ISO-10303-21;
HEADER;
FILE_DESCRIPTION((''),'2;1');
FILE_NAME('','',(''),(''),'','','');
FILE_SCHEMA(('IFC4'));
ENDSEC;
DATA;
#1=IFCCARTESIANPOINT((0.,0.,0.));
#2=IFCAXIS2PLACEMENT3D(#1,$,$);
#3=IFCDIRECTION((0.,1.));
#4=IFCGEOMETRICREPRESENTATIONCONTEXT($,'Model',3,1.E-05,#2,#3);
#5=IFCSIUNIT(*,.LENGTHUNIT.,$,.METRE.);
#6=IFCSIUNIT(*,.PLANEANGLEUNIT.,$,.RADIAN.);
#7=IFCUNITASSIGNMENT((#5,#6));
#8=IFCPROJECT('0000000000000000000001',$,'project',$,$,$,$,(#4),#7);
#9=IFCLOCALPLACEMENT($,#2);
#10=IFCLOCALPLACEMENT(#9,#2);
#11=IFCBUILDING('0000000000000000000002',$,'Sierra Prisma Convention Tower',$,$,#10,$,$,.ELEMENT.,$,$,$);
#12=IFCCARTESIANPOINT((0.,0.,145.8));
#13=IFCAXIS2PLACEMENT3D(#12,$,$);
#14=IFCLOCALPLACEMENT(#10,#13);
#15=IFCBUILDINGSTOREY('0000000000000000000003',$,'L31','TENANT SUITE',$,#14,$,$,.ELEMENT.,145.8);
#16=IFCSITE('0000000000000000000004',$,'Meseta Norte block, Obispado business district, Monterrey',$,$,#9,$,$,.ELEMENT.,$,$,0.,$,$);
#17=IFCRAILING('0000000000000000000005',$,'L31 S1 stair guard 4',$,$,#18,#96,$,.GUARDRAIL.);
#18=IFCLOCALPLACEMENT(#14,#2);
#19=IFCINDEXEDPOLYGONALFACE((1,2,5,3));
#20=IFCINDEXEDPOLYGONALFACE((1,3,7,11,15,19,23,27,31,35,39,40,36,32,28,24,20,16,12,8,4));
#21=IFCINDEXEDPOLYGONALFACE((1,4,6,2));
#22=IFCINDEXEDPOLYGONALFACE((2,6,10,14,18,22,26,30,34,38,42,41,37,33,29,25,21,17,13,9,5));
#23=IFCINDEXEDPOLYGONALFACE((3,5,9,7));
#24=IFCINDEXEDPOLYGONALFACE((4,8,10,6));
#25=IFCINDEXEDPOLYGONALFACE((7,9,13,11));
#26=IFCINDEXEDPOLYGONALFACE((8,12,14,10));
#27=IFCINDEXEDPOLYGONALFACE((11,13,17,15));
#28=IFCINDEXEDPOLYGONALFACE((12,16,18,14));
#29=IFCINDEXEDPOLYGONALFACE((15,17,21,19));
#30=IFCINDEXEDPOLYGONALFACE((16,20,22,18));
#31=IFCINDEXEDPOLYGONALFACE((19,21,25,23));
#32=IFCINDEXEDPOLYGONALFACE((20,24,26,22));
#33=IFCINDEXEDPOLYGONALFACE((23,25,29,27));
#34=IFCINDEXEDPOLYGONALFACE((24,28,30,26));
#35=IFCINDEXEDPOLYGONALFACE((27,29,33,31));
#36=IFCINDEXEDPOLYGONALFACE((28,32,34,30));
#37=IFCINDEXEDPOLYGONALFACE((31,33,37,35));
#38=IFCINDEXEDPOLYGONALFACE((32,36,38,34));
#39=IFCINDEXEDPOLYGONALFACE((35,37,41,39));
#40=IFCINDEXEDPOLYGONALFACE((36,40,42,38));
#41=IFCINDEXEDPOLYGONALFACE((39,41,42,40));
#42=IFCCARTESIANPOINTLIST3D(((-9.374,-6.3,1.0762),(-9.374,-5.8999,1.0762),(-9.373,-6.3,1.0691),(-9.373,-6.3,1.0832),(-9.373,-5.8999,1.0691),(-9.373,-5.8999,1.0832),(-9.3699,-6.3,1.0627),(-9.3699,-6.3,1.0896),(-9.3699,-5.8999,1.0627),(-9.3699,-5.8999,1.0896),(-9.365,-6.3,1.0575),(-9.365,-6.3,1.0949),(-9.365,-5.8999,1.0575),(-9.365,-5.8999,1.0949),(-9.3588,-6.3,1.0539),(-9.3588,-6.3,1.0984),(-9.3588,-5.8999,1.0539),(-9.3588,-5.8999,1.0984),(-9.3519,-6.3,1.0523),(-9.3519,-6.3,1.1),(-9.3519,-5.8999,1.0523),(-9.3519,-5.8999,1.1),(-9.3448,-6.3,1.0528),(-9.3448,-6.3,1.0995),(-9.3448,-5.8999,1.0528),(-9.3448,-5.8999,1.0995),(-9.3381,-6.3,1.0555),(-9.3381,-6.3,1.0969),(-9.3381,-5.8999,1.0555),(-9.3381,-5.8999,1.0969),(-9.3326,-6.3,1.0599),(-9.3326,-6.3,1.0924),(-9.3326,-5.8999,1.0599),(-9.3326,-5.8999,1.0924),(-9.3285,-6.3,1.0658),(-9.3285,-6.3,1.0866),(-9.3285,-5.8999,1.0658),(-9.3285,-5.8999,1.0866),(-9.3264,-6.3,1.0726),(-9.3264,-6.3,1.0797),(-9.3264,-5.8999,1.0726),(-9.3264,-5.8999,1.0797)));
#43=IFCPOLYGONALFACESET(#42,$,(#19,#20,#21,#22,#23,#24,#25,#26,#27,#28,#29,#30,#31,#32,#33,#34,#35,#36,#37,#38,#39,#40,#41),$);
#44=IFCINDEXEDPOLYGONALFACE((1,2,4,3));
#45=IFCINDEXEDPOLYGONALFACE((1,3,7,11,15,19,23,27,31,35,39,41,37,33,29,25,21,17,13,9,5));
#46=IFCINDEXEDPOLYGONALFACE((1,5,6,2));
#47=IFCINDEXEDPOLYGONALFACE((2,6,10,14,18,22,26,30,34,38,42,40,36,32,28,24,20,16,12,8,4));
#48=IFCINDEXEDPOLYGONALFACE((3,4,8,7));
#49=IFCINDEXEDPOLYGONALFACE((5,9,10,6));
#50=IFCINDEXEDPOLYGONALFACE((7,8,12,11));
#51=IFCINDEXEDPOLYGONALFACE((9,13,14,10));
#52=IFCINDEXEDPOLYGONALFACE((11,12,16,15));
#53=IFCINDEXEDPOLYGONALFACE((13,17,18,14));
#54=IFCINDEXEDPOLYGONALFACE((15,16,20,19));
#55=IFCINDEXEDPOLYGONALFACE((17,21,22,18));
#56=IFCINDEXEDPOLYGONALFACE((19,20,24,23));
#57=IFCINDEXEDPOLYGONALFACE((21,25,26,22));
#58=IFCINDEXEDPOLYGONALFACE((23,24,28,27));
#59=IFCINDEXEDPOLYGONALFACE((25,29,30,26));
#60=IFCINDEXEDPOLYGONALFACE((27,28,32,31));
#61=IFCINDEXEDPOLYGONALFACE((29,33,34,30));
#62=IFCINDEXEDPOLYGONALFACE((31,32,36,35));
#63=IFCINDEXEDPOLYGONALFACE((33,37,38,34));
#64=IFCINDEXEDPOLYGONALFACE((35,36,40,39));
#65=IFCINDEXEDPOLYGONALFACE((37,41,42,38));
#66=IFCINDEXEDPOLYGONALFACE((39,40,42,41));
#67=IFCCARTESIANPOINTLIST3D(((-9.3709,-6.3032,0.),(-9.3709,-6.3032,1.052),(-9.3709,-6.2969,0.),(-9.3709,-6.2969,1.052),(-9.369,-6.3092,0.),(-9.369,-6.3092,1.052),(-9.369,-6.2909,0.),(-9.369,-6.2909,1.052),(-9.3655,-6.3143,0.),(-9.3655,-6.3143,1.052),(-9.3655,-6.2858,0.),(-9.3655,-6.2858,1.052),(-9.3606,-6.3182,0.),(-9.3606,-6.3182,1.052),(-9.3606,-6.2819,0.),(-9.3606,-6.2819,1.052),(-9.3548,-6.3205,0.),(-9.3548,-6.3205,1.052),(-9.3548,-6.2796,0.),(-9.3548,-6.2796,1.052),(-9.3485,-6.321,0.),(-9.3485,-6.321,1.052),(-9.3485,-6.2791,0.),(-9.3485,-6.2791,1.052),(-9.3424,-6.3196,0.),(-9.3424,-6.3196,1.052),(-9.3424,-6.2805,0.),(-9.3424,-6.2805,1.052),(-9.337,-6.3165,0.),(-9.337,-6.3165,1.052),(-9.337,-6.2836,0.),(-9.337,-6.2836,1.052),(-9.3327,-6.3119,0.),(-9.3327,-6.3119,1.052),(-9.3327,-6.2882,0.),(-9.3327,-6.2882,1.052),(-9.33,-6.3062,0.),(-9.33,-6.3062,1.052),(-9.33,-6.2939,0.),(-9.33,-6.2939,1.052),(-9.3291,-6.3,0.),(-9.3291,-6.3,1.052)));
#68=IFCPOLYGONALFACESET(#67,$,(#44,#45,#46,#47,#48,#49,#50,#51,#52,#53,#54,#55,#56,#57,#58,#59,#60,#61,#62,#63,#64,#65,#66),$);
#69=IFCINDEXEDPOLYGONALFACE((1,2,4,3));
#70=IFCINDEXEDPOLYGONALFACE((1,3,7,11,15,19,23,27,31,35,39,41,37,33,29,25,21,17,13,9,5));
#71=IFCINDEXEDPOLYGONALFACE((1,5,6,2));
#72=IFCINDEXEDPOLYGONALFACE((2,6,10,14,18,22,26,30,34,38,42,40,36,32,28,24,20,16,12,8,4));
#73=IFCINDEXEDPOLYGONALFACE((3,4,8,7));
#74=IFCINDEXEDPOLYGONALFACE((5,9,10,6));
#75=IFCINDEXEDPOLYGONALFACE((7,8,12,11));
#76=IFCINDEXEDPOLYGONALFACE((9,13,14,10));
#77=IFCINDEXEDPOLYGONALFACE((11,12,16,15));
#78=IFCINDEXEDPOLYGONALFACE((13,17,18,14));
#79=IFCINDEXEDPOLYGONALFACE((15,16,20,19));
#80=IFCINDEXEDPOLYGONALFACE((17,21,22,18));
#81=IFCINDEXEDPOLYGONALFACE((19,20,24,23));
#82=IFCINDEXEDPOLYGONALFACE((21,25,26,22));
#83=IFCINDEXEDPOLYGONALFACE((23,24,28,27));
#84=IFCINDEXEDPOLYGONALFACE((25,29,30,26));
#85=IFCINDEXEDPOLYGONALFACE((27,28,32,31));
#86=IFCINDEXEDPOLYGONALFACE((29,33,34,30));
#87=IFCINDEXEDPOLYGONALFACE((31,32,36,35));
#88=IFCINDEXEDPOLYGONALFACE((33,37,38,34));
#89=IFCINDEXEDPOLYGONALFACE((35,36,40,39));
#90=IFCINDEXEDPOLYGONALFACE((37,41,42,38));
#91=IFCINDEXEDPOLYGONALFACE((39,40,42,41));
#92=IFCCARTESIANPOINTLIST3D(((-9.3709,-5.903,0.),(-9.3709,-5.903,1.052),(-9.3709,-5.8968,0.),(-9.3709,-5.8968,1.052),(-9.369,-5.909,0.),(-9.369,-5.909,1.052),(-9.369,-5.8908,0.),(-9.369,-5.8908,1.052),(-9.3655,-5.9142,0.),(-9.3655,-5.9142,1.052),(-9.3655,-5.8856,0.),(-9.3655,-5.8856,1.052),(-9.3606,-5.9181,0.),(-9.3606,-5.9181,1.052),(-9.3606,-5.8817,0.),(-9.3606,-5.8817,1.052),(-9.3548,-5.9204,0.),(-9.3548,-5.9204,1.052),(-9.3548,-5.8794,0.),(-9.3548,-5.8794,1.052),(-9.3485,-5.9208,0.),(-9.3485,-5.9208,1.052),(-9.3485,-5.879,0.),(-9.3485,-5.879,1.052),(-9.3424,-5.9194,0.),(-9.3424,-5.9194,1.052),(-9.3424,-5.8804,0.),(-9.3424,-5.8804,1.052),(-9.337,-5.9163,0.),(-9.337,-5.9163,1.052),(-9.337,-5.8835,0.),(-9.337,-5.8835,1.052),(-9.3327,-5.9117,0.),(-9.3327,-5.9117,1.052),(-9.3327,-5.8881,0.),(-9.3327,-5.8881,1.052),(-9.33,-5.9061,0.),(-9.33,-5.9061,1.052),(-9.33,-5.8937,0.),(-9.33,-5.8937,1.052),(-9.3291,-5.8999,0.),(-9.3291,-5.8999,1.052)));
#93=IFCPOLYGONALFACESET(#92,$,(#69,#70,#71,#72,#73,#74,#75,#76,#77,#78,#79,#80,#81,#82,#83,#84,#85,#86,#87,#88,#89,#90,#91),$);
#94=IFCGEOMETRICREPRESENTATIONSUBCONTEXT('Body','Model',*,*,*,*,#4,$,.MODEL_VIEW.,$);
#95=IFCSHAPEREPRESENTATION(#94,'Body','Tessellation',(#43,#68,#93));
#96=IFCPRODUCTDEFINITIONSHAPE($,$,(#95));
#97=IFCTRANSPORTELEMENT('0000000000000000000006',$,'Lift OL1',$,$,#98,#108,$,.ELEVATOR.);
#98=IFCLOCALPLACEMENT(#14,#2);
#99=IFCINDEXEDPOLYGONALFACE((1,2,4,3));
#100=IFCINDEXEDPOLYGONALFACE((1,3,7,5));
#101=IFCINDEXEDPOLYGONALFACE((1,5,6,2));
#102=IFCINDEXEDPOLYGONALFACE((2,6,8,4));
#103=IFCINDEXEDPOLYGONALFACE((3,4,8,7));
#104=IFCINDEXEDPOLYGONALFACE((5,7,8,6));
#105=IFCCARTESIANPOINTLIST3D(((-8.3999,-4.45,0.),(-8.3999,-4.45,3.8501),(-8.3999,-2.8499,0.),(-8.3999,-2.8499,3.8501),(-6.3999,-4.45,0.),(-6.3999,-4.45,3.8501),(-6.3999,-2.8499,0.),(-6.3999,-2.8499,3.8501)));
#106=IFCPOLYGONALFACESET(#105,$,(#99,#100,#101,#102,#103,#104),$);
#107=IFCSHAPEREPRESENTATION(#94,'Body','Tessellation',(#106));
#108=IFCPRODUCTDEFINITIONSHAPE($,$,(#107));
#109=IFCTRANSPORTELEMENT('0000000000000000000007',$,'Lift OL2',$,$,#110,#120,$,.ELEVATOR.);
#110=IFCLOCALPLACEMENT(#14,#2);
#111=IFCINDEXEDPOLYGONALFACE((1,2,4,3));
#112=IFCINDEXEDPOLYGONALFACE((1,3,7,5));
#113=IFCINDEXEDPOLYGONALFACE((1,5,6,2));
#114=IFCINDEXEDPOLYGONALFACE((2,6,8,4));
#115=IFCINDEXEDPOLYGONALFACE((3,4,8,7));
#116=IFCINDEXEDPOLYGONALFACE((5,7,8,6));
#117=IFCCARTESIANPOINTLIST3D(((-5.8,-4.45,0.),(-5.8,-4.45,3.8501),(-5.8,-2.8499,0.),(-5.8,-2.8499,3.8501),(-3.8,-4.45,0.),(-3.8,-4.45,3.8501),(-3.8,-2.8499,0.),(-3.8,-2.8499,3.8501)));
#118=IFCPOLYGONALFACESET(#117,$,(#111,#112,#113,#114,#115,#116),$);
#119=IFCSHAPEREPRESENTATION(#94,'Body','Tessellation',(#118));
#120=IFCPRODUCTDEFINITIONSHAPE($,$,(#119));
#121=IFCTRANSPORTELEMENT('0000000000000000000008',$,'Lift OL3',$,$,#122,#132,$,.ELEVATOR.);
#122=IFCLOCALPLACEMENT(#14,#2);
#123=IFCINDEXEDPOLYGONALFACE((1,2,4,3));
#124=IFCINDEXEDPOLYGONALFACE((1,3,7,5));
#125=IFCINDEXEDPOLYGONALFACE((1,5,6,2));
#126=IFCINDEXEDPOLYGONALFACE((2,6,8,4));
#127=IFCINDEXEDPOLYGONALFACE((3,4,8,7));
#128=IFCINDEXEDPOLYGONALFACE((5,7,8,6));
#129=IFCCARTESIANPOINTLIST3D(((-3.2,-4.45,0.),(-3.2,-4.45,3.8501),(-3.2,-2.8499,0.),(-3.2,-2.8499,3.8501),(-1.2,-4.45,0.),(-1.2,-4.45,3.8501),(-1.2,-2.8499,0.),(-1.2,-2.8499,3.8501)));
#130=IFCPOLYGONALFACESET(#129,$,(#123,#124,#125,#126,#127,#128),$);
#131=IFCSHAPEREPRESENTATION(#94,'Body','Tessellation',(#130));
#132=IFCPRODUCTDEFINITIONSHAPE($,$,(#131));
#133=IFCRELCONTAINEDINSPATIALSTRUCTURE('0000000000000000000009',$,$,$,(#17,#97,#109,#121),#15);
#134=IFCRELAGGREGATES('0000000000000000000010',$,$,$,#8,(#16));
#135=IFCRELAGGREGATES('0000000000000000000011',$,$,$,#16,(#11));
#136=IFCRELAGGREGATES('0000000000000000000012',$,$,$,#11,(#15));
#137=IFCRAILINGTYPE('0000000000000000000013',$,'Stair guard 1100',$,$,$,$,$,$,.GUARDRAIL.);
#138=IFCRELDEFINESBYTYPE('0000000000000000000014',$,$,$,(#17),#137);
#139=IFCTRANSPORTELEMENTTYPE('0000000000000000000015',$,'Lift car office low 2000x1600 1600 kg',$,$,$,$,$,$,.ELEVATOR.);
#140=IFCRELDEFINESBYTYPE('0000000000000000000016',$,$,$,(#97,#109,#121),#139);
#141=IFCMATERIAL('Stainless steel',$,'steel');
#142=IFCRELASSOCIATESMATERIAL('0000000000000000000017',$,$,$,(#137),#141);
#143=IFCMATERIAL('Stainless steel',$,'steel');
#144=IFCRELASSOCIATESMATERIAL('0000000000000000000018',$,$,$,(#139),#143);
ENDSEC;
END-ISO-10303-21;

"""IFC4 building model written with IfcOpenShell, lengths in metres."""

from ifc_helpers import new_model, si_unit, direction, frame, origin, origin_2d, place, context, subcontext, project, spatial, rectangle, circle, extrude, material, type_object, element, save


model = new_model("IFC4")

# Units and contexts
model_context = context("Model", 3, precision=1e-05, world=origin(), true_north=direction((0.0, 1.0)))
body_context = subcontext(model_context, "Body", "Model", "MODEL_VIEW")
ifc_project = project(units=[si_unit("LENGTHUNIT", "METRE"), si_unit("PLANEANGLEUNIT", "RADIAN")], contexts=[model_context])

# Site, building, storey
site_placement = place(None, origin())
site = spatial("IfcSite", under=ifc_project, at=site_placement, Name="Meseta Norte block, Obispado business district, Monterrey", CompositionType="ELEMENT", RefElevation=0.0)
building_placement = place(site_placement, origin())
building = spatial("IfcBuilding", under=site, at=building_placement, Name="Sierra Prisma Convention Tower", CompositionType="ELEMENT")
storey_placement = place(building_placement, frame((0.0, 0.0, 145.8)))
storey = spatial("IfcBuildingStorey", under=building, at=storey_placement, Name="L31", Description="TENANT SUITE", CompositionType="ELEMENT", Elevation=145.8)

# Railing
ifc_material_1 = material(Name="Stainless steel", Category="steel")
railing_type_1 = type_object("IfcRailingType", Name="Stair guard 1100", PredefinedType="GUARDRAIL", material=ifc_material_1)
railing_1_placement = place(storey_placement, frame((-9.3501, -6.3, 0.0)))
element("IfcRailing", 1, at=railing_1_placement, inside=storey, type_object=railing_type_1, Name="L31 S1 stair guard 4", PredefinedType="GUARDRAIL", context=body_context, shape_type="SweptSolid", body=[
    extrude(circle(Radius=0.0239, at=origin_2d()), frame((0.0, 0.0, 1.0762), z_axis=(0.0, 1.0, 0.0), x_axis=(-1.0, 0.0, 0.0)), (0.0, 0.0, 1.0), 0.4001),
    extrude(circle(Radius=0.021, at=origin_2d()), origin(), (0.0, 0.0, 1.0), 1.052),
    extrude(circle(Radius=0.021, at=origin_2d()), frame((0.0, 0.4001, 0.0)), (0.0, 0.0, 1.0), 1.052),
])

# Transport elements
ifc_material_2 = material(Name="Stainless steel", Category="steel")
transport_element_type = type_object("IfcTransportElementType", Name="Lift car office low 2000x1600 1600 kg", PredefinedType="ELEVATOR", material=ifc_material_2)
for number, where, z_axis, x_axis, name in (
    (2, (-7.3999, -3.6499, 0.0), (0.0, 0.0, 1.0), (1.0, 0.0, 0.0), "Lift OL1"),
    (3, (-4.8, -3.6499, 0.0), (0.0, 0.0, 1.0), (1.0, 0.0, 0.0), "Lift OL2"),
    (4, (-2.2, -3.6499, 0.0), (0.0, 0.0, 1.0), (1.0, 0.0, 0.0), "Lift OL3"),
):
    element("IfcTransportElement", number, at=place(storey_placement, frame(where, z_axis=z_axis, x_axis=x_axis)), inside=storey, type_object=transport_element_type, Name=name, PredefinedType="ELEVATOR", context=body_context, shape_type="SweptSolid", body=[
        extrude(rectangle(XDim=2.0, YDim=1.6001, at=origin_2d()), origin(), (0.0, 0.0, 1.0), 3.8501),
    ])

save(model, "model.ifc")
